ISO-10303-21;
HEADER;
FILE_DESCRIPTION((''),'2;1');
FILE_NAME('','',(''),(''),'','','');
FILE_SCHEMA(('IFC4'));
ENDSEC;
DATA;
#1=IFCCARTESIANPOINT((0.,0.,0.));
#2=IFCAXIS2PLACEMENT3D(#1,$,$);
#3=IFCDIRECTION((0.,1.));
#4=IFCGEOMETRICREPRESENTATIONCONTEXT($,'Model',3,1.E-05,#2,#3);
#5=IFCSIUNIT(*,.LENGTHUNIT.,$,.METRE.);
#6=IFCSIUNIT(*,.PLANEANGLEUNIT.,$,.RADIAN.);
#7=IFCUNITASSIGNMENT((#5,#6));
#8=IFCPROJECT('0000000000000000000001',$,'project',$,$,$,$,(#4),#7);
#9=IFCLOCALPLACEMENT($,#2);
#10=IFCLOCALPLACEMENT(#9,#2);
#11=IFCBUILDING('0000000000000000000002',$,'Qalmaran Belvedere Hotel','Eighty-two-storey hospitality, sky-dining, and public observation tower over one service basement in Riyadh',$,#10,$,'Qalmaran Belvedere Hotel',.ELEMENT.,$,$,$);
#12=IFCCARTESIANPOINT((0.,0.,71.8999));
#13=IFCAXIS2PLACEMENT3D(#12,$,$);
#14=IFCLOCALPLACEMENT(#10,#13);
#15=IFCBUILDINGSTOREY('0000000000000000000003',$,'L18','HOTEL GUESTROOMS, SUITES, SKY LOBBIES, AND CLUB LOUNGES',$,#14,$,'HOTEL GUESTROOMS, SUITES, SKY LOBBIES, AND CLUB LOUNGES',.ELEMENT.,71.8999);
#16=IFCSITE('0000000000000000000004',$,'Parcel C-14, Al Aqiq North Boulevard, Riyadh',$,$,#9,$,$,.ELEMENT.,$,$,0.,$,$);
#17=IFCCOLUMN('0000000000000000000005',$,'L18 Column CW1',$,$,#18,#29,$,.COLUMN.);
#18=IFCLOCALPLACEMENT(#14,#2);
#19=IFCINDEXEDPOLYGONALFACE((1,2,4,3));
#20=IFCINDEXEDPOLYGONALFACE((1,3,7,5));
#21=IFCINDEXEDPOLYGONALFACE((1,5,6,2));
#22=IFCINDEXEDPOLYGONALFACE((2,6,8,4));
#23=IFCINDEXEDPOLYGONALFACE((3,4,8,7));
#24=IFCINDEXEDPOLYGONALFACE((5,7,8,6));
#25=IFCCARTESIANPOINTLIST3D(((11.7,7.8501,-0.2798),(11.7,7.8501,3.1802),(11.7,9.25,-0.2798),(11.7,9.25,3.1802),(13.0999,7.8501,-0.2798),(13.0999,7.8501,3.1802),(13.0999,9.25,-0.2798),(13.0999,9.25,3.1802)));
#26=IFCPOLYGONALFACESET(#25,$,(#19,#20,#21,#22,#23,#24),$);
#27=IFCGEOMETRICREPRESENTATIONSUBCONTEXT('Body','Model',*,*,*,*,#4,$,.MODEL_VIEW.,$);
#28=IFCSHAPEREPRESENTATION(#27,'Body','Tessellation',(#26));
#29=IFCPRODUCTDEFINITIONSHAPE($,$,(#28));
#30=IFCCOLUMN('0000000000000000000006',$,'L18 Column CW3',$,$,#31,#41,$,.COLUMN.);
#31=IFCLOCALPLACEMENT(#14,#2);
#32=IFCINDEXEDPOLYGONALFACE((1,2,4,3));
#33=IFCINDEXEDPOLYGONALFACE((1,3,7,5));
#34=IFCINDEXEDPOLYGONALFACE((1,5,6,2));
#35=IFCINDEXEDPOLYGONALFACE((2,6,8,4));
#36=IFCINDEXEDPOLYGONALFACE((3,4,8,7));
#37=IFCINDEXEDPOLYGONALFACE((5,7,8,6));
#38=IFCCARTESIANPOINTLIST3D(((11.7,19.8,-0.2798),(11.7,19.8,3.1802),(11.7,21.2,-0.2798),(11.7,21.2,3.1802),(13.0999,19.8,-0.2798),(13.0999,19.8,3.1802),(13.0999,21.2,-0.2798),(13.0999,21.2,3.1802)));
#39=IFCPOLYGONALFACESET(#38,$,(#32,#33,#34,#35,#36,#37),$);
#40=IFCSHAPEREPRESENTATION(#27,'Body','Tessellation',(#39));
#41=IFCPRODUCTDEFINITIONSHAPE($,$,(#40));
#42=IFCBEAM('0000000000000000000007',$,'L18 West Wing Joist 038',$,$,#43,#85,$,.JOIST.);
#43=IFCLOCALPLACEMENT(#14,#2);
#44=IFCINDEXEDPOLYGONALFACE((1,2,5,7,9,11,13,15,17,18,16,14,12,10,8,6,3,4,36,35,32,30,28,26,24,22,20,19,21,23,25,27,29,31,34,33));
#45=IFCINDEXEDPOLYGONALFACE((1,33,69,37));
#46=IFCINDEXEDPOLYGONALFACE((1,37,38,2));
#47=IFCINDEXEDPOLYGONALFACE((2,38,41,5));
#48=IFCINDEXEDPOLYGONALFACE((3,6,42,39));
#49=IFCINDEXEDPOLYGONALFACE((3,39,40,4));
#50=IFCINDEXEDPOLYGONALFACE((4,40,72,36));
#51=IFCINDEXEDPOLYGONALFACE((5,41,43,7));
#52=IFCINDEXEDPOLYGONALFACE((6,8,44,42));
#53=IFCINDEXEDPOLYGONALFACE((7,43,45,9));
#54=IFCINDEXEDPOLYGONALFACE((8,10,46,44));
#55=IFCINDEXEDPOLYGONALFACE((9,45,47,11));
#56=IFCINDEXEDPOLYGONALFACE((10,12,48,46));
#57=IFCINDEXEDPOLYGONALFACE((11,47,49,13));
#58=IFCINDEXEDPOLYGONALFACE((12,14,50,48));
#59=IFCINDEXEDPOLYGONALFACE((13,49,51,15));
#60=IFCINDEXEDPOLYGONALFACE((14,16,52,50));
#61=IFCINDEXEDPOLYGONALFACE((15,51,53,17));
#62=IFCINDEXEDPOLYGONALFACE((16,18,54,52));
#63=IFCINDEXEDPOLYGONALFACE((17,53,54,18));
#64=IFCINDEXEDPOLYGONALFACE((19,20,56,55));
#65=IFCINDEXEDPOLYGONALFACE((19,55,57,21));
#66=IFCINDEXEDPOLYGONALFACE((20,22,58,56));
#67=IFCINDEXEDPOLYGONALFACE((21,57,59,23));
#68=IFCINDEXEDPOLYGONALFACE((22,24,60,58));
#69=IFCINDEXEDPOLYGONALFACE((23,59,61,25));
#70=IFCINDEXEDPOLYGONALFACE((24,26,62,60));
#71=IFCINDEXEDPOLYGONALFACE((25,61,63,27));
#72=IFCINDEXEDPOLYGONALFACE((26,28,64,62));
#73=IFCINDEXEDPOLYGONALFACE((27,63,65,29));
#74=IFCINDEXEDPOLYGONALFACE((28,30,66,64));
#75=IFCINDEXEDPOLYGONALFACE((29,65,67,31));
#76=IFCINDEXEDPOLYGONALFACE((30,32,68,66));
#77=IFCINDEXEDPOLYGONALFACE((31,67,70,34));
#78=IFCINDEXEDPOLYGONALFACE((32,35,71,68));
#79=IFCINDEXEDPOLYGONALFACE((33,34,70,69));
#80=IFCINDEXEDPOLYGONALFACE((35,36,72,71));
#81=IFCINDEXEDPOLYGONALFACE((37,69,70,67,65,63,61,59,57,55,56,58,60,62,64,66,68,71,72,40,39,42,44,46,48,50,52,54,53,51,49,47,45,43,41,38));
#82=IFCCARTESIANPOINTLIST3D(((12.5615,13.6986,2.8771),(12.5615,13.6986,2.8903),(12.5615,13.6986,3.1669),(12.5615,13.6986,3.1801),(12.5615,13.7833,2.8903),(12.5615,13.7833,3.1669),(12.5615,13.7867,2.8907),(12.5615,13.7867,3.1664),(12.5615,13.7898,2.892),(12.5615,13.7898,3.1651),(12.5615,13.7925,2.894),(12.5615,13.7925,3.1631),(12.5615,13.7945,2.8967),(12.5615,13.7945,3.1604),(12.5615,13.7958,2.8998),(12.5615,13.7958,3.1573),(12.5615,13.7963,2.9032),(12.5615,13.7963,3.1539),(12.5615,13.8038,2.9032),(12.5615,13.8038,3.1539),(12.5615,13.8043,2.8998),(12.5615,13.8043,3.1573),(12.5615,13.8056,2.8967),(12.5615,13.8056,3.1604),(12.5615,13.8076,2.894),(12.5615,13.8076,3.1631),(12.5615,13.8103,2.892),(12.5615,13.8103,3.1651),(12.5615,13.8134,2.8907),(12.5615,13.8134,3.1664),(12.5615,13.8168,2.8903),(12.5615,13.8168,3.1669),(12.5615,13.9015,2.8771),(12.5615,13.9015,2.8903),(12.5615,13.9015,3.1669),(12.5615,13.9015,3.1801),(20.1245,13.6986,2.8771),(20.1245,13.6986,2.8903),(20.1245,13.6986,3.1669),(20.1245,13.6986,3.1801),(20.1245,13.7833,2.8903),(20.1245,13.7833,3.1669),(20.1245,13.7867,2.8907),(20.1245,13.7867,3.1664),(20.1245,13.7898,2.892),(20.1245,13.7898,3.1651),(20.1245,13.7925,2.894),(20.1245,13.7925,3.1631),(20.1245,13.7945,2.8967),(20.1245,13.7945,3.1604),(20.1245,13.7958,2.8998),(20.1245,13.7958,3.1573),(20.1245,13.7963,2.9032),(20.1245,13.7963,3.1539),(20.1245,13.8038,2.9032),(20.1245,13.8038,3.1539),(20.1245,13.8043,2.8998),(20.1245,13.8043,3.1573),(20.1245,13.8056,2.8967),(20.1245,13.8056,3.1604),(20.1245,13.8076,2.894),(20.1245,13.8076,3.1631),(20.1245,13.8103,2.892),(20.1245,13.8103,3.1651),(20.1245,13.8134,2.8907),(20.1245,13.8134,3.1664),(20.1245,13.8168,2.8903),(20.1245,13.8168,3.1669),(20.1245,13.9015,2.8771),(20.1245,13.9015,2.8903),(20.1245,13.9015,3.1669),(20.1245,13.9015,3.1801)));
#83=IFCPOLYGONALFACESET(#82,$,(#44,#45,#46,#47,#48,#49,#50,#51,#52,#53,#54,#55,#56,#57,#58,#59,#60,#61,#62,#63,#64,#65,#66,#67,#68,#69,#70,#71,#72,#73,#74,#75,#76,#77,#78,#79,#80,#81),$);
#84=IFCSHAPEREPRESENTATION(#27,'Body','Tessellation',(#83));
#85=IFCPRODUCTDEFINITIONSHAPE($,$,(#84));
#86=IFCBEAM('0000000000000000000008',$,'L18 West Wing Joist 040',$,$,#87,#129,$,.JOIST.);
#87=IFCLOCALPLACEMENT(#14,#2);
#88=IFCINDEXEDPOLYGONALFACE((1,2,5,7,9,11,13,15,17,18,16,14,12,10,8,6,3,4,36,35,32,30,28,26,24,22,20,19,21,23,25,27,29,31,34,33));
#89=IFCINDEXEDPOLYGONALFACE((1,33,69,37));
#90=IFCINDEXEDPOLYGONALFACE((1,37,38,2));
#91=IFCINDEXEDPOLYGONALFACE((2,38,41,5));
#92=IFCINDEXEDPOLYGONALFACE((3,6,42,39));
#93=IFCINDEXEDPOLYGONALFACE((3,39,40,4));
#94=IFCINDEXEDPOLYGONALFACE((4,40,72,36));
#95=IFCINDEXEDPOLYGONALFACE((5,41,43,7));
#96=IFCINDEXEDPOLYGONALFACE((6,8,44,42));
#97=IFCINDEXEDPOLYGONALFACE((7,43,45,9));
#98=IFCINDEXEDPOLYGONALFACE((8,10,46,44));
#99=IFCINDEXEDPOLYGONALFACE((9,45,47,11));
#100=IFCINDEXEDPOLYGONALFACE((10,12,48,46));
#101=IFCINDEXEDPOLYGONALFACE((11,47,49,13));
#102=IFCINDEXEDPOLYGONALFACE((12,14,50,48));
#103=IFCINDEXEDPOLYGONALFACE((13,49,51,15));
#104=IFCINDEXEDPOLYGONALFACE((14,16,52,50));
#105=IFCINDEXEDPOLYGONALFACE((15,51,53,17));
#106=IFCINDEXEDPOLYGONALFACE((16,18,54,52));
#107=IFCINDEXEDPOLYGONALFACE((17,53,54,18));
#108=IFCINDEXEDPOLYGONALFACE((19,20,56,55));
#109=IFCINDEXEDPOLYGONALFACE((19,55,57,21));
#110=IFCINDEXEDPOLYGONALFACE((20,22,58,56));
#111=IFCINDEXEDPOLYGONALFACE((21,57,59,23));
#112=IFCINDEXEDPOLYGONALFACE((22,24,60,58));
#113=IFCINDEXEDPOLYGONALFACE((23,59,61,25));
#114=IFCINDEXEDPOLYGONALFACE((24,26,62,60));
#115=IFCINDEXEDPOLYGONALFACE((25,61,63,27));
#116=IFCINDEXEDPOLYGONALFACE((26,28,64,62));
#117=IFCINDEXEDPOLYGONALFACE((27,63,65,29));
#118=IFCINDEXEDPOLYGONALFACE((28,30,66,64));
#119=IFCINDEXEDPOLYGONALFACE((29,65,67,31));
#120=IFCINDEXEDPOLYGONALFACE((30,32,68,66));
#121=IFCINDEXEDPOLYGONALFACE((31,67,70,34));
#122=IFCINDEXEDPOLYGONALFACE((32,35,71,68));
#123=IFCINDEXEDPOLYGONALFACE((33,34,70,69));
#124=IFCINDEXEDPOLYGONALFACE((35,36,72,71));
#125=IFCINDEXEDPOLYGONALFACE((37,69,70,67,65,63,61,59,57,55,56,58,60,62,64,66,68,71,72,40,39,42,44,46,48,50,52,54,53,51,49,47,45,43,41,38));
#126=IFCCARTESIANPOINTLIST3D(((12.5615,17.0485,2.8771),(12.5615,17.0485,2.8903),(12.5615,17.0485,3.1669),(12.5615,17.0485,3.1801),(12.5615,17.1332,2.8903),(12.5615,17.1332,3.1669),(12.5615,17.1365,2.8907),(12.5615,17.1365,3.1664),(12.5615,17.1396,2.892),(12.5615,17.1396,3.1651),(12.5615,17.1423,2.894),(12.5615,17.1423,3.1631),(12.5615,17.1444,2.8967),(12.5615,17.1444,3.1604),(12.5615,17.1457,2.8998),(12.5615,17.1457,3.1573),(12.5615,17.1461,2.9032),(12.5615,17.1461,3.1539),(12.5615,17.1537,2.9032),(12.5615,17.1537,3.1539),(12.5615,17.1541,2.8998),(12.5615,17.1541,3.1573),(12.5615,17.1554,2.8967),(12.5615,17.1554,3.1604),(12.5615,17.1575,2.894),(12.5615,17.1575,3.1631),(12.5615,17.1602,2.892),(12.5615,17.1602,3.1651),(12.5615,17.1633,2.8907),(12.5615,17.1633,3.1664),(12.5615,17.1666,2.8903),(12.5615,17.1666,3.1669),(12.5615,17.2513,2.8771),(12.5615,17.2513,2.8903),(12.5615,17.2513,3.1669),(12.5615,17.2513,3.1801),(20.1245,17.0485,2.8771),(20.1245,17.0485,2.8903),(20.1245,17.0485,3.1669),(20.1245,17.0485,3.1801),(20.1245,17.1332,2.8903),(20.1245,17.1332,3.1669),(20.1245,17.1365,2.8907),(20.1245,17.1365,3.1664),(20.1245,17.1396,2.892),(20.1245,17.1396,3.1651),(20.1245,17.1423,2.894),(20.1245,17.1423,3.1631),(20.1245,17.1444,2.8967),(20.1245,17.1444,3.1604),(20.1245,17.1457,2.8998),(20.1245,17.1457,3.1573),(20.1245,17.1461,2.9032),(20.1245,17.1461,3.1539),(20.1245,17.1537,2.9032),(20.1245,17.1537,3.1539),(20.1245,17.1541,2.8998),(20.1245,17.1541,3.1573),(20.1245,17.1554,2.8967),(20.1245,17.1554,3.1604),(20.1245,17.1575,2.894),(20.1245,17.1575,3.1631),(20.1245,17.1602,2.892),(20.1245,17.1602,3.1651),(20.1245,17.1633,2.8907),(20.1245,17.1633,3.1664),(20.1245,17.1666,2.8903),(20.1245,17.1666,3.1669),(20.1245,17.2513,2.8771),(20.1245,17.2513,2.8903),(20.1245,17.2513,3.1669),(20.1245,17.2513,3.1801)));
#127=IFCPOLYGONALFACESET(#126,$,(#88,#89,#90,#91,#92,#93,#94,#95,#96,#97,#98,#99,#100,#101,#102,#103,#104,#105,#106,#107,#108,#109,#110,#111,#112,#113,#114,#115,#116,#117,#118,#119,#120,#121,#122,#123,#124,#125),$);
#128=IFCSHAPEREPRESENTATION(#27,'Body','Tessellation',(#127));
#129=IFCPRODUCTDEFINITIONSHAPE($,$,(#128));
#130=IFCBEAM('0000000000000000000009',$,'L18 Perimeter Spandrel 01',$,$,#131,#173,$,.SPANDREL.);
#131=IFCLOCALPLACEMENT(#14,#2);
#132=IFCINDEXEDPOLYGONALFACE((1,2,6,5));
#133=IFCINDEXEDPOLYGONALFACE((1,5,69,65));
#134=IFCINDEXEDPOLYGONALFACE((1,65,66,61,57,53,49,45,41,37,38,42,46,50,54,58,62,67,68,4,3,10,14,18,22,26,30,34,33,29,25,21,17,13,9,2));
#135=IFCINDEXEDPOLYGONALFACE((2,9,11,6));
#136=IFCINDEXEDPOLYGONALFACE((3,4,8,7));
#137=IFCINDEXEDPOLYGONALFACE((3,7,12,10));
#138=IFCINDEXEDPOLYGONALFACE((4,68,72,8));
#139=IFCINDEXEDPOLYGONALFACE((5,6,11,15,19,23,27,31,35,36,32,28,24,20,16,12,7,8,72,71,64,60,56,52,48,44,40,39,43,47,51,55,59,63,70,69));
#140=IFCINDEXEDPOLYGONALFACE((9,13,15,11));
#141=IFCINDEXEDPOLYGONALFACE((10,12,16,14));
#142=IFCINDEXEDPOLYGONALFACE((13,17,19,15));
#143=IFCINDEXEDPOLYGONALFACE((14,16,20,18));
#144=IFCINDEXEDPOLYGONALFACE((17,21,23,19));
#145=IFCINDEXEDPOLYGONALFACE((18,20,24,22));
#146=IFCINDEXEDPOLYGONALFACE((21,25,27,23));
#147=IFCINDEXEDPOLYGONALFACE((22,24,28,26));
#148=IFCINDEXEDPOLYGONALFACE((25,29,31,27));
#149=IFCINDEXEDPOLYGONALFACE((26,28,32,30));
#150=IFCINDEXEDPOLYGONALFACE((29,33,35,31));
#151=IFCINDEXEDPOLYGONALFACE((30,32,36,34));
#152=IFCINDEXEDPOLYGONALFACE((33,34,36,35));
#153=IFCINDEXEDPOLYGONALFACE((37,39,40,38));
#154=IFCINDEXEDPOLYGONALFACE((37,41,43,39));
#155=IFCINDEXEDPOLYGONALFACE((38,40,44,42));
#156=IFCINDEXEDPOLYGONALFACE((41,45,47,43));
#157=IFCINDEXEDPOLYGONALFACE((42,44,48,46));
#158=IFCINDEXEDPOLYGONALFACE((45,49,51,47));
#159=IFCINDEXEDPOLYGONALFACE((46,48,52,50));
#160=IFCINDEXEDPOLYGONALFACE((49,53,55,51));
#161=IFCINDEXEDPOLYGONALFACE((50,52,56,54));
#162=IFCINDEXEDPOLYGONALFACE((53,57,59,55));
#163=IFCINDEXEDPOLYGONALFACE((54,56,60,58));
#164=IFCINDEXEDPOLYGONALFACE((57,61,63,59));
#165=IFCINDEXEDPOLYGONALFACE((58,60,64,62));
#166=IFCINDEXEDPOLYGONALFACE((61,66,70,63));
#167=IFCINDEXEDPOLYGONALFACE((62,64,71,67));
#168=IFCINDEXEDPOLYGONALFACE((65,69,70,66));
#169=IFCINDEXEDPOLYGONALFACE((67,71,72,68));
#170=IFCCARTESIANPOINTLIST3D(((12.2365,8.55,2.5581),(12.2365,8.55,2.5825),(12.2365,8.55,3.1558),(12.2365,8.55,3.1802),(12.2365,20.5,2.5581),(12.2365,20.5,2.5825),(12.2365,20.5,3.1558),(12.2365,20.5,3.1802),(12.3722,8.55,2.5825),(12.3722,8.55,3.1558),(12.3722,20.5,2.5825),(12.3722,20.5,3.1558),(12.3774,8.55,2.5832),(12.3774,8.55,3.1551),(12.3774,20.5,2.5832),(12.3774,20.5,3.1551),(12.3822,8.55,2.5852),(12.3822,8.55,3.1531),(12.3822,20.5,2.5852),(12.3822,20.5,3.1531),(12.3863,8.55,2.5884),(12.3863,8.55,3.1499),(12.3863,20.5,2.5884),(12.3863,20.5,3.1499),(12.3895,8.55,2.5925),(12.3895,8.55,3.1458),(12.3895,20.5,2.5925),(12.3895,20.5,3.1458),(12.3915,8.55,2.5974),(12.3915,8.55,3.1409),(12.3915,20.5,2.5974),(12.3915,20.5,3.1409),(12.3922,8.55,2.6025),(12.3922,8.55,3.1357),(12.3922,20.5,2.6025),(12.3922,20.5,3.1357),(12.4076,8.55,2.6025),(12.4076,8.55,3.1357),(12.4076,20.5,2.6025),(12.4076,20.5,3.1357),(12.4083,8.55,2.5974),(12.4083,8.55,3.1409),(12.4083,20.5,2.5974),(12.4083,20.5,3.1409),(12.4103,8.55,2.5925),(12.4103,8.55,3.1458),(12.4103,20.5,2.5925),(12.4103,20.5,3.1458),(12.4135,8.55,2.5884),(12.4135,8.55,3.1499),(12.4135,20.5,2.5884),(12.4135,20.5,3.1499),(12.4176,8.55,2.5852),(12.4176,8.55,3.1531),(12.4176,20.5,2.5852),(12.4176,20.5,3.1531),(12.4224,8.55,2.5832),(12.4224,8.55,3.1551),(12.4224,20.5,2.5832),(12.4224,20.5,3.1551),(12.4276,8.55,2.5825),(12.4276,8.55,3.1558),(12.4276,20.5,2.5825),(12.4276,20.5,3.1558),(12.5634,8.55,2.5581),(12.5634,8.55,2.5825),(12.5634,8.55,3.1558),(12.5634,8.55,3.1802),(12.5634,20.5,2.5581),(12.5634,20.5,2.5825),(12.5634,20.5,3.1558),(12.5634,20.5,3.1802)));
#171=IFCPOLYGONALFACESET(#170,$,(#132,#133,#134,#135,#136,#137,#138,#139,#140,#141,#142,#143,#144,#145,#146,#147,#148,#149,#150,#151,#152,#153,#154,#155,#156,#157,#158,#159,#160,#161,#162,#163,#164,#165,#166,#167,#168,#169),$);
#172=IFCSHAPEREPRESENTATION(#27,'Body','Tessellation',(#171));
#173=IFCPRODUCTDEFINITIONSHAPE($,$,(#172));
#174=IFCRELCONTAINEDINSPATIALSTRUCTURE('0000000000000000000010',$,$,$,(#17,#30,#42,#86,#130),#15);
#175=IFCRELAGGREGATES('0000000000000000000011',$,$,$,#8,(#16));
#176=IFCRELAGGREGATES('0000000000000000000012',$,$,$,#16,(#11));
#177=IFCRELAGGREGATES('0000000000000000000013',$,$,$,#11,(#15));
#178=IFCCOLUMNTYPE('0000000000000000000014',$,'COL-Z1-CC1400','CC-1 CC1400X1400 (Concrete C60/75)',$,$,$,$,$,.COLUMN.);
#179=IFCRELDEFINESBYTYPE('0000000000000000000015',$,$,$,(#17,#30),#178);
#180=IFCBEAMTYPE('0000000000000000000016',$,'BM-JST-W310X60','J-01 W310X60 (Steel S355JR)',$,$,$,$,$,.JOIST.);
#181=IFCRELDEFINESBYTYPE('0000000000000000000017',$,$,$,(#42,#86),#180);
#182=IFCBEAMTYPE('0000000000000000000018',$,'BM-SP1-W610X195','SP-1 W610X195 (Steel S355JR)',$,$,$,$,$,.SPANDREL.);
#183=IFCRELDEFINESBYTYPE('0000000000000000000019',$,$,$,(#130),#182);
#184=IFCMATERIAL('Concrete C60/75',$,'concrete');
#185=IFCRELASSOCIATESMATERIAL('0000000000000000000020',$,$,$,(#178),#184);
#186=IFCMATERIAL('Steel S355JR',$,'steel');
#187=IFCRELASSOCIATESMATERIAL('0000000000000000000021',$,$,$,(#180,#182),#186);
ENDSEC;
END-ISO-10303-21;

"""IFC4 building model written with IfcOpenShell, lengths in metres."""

from ifc_helpers import new_model, si_unit, direction, frame, origin, origin_2d, place, context, subcontext, project, spatial, rectangle, i_section, extrude, material, material_profile, profile_set, type_object, element, save


model = new_model("IFC4")

# Units and contexts
model_context = context("Model", 3, precision=1e-05, world=origin(), true_north=direction((0.0, 1.0)))
body_context = subcontext(model_context, "Body", "Model", "MODEL_VIEW")
ifc_project = project(units=[si_unit("LENGTHUNIT", "METRE"), si_unit("PLANEANGLEUNIT", "RADIAN")], contexts=[model_context])

# Site, building, storey
site_placement = place(None, origin())
site = spatial("IfcSite", under=ifc_project, at=site_placement, Name="Parcel C-14, Al Aqiq North Boulevard, Riyadh", CompositionType="ELEMENT", RefElevation=0.0)
building_placement = place(site_placement, origin())
building = spatial("IfcBuilding", under=site, at=building_placement, Name="Qalmaran Belvedere Hotel", Description="Eighty-two-storey hospitality, sky-dining, and public observation tower over one service basement in Riyadh", LongName="Qalmaran Belvedere Hotel", CompositionType="ELEMENT")
storey_placement = place(building_placement, frame((0.0, 0.0, 71.8999)))
storey = spatial("IfcBuildingStorey", under=building, at=storey_placement, Name="L18", Description="HOTEL GUESTROOMS, SUITES, SKY LOBBIES, AND CLUB LOUNGES", LongName="HOTEL GUESTROOMS, SUITES, SKY LOBBIES, AND CLUB LOUNGES", CompositionType="ELEMENT", Elevation=71.8999)

# Columns
ifc_material_1 = material(Name="Concrete C60/75", Category="concrete")
ifc_material_profile_1 = material_profile(ifc_material_1, rectangle(XDim=1.3999, YDim=1.3999, at=origin_2d()), Name="CC1400X1400")
ifc_profile_set_1 = profile_set([ifc_material_profile_1], Name="Concrete C60/75")
column_type = type_object("IfcColumnType", Name="COL-Z1-CC1400", Description="CC-1 CC1400X1400 (Concrete C60/75)", PredefinedType="COLUMN", material=ifc_profile_set_1)
for number, where, z_axis, x_axis, name in (
    (1, (12.3999, 8.55, -0.2798), (0.0, 0.0, 1.0), (1.0, 0.0, 0.0), "L18 Column CW1"),
    (2, (12.3999, 20.5, -0.2798), (0.0, 0.0, 1.0), (1.0, 0.0, 0.0), "L18 Column CW3"),
):
    element("IfcColumn", number, at=place(storey_placement, frame(where, z_axis=z_axis, x_axis=x_axis)), inside=storey, type_object=column_type, Name=name, PredefinedType="COLUMN", context=body_context, shape_type="SweptSolid", body=[
        extrude(rectangle(XDim=1.3999, YDim=1.3999, at=origin_2d()), origin(), (0.0, 0.0, 1.0), 3.46),
    ])

# Beams
ifc_material_2 = material(Name="Steel S355JR", Category="steel")
ifc_material_profile_2 = material_profile(ifc_material_2, i_section(OverallWidth=0.2029, OverallDepth=0.303, WebThickness=0.0076, FlangeThickness=0.0132, FilletRadius=0.0129, at=origin_2d()), Name="W310X60")
ifc_profile_set_2 = profile_set([ifc_material_profile_2], Name="Steel S355JR")
beam_type_1 = type_object("IfcBeamType", Name="BM-JST-W310X60", Description="J-01 W310X60 (Steel S355JR)", PredefinedType="JOIST", material=ifc_profile_set_2)
for number, where, z_axis, x_axis, name in (
    (3, (12.5615, 13.8, 3.0286), (1.0, 0.0, 0.0), (0.0, 1.0, 0.0), "L18 West Wing Joist 038"),
    (4, (12.5615, 17.1499, 3.0286), (1.0, 0.0, 0.0), (0.0, 1.0, 0.0), "L18 West Wing Joist 040"),
):
    element("IfcBeam", number, at=place(storey_placement, frame(where, z_axis=z_axis, x_axis=x_axis)), inside=storey, type_object=beam_type_1, Name=name, PredefinedType="JOIST", context=body_context, shape_type="SweptSolid", body=[
        extrude(i_section(OverallWidth=0.2029, OverallDepth=0.303, WebThickness=0.0076, FlangeThickness=0.0132, FilletRadius=0.0129, at=origin_2d()), origin(), (0.0, 0.0, 1.0), 7.563),
    ])
ifc_material_profile_3 = material_profile(ifc_material_2, i_section(OverallWidth=0.3269, OverallDepth=0.6221, WebThickness=0.0154, FlangeThickness=0.0244, FilletRadius=0.02, at=origin_2d()), Name="W610X195")
ifc_profile_set_3 = profile_set([ifc_material_profile_3], Name="Steel S355JR")
beam_type_2 = type_object("IfcBeamType", Name="BM-SP1-W610X195", Description="SP-1 W610X195 (Steel S355JR)", PredefinedType="SPANDREL", material=ifc_profile_set_3)
beam_1_placement = place(storey_placement, frame((12.3999, 8.55, 2.8691), z_axis=(0.0, 1.0, 0.0), x_axis=(-1.0, 0.0, 0.0)))
element("IfcBeam", 5, at=beam_1_placement, inside=storey, type_object=beam_type_2, Name="L18 Perimeter Spandrel 01", PredefinedType="SPANDREL", context=body_context, shape_type="SweptSolid", body=[
    extrude(i_section(OverallWidth=0.3269, OverallDepth=0.6221, WebThickness=0.0154, FlangeThickness=0.0244, FilletRadius=0.02, at=origin_2d()), origin(), (0.0, 0.0, 1.0), 11.95),
])

save(model, "model.ifc")
